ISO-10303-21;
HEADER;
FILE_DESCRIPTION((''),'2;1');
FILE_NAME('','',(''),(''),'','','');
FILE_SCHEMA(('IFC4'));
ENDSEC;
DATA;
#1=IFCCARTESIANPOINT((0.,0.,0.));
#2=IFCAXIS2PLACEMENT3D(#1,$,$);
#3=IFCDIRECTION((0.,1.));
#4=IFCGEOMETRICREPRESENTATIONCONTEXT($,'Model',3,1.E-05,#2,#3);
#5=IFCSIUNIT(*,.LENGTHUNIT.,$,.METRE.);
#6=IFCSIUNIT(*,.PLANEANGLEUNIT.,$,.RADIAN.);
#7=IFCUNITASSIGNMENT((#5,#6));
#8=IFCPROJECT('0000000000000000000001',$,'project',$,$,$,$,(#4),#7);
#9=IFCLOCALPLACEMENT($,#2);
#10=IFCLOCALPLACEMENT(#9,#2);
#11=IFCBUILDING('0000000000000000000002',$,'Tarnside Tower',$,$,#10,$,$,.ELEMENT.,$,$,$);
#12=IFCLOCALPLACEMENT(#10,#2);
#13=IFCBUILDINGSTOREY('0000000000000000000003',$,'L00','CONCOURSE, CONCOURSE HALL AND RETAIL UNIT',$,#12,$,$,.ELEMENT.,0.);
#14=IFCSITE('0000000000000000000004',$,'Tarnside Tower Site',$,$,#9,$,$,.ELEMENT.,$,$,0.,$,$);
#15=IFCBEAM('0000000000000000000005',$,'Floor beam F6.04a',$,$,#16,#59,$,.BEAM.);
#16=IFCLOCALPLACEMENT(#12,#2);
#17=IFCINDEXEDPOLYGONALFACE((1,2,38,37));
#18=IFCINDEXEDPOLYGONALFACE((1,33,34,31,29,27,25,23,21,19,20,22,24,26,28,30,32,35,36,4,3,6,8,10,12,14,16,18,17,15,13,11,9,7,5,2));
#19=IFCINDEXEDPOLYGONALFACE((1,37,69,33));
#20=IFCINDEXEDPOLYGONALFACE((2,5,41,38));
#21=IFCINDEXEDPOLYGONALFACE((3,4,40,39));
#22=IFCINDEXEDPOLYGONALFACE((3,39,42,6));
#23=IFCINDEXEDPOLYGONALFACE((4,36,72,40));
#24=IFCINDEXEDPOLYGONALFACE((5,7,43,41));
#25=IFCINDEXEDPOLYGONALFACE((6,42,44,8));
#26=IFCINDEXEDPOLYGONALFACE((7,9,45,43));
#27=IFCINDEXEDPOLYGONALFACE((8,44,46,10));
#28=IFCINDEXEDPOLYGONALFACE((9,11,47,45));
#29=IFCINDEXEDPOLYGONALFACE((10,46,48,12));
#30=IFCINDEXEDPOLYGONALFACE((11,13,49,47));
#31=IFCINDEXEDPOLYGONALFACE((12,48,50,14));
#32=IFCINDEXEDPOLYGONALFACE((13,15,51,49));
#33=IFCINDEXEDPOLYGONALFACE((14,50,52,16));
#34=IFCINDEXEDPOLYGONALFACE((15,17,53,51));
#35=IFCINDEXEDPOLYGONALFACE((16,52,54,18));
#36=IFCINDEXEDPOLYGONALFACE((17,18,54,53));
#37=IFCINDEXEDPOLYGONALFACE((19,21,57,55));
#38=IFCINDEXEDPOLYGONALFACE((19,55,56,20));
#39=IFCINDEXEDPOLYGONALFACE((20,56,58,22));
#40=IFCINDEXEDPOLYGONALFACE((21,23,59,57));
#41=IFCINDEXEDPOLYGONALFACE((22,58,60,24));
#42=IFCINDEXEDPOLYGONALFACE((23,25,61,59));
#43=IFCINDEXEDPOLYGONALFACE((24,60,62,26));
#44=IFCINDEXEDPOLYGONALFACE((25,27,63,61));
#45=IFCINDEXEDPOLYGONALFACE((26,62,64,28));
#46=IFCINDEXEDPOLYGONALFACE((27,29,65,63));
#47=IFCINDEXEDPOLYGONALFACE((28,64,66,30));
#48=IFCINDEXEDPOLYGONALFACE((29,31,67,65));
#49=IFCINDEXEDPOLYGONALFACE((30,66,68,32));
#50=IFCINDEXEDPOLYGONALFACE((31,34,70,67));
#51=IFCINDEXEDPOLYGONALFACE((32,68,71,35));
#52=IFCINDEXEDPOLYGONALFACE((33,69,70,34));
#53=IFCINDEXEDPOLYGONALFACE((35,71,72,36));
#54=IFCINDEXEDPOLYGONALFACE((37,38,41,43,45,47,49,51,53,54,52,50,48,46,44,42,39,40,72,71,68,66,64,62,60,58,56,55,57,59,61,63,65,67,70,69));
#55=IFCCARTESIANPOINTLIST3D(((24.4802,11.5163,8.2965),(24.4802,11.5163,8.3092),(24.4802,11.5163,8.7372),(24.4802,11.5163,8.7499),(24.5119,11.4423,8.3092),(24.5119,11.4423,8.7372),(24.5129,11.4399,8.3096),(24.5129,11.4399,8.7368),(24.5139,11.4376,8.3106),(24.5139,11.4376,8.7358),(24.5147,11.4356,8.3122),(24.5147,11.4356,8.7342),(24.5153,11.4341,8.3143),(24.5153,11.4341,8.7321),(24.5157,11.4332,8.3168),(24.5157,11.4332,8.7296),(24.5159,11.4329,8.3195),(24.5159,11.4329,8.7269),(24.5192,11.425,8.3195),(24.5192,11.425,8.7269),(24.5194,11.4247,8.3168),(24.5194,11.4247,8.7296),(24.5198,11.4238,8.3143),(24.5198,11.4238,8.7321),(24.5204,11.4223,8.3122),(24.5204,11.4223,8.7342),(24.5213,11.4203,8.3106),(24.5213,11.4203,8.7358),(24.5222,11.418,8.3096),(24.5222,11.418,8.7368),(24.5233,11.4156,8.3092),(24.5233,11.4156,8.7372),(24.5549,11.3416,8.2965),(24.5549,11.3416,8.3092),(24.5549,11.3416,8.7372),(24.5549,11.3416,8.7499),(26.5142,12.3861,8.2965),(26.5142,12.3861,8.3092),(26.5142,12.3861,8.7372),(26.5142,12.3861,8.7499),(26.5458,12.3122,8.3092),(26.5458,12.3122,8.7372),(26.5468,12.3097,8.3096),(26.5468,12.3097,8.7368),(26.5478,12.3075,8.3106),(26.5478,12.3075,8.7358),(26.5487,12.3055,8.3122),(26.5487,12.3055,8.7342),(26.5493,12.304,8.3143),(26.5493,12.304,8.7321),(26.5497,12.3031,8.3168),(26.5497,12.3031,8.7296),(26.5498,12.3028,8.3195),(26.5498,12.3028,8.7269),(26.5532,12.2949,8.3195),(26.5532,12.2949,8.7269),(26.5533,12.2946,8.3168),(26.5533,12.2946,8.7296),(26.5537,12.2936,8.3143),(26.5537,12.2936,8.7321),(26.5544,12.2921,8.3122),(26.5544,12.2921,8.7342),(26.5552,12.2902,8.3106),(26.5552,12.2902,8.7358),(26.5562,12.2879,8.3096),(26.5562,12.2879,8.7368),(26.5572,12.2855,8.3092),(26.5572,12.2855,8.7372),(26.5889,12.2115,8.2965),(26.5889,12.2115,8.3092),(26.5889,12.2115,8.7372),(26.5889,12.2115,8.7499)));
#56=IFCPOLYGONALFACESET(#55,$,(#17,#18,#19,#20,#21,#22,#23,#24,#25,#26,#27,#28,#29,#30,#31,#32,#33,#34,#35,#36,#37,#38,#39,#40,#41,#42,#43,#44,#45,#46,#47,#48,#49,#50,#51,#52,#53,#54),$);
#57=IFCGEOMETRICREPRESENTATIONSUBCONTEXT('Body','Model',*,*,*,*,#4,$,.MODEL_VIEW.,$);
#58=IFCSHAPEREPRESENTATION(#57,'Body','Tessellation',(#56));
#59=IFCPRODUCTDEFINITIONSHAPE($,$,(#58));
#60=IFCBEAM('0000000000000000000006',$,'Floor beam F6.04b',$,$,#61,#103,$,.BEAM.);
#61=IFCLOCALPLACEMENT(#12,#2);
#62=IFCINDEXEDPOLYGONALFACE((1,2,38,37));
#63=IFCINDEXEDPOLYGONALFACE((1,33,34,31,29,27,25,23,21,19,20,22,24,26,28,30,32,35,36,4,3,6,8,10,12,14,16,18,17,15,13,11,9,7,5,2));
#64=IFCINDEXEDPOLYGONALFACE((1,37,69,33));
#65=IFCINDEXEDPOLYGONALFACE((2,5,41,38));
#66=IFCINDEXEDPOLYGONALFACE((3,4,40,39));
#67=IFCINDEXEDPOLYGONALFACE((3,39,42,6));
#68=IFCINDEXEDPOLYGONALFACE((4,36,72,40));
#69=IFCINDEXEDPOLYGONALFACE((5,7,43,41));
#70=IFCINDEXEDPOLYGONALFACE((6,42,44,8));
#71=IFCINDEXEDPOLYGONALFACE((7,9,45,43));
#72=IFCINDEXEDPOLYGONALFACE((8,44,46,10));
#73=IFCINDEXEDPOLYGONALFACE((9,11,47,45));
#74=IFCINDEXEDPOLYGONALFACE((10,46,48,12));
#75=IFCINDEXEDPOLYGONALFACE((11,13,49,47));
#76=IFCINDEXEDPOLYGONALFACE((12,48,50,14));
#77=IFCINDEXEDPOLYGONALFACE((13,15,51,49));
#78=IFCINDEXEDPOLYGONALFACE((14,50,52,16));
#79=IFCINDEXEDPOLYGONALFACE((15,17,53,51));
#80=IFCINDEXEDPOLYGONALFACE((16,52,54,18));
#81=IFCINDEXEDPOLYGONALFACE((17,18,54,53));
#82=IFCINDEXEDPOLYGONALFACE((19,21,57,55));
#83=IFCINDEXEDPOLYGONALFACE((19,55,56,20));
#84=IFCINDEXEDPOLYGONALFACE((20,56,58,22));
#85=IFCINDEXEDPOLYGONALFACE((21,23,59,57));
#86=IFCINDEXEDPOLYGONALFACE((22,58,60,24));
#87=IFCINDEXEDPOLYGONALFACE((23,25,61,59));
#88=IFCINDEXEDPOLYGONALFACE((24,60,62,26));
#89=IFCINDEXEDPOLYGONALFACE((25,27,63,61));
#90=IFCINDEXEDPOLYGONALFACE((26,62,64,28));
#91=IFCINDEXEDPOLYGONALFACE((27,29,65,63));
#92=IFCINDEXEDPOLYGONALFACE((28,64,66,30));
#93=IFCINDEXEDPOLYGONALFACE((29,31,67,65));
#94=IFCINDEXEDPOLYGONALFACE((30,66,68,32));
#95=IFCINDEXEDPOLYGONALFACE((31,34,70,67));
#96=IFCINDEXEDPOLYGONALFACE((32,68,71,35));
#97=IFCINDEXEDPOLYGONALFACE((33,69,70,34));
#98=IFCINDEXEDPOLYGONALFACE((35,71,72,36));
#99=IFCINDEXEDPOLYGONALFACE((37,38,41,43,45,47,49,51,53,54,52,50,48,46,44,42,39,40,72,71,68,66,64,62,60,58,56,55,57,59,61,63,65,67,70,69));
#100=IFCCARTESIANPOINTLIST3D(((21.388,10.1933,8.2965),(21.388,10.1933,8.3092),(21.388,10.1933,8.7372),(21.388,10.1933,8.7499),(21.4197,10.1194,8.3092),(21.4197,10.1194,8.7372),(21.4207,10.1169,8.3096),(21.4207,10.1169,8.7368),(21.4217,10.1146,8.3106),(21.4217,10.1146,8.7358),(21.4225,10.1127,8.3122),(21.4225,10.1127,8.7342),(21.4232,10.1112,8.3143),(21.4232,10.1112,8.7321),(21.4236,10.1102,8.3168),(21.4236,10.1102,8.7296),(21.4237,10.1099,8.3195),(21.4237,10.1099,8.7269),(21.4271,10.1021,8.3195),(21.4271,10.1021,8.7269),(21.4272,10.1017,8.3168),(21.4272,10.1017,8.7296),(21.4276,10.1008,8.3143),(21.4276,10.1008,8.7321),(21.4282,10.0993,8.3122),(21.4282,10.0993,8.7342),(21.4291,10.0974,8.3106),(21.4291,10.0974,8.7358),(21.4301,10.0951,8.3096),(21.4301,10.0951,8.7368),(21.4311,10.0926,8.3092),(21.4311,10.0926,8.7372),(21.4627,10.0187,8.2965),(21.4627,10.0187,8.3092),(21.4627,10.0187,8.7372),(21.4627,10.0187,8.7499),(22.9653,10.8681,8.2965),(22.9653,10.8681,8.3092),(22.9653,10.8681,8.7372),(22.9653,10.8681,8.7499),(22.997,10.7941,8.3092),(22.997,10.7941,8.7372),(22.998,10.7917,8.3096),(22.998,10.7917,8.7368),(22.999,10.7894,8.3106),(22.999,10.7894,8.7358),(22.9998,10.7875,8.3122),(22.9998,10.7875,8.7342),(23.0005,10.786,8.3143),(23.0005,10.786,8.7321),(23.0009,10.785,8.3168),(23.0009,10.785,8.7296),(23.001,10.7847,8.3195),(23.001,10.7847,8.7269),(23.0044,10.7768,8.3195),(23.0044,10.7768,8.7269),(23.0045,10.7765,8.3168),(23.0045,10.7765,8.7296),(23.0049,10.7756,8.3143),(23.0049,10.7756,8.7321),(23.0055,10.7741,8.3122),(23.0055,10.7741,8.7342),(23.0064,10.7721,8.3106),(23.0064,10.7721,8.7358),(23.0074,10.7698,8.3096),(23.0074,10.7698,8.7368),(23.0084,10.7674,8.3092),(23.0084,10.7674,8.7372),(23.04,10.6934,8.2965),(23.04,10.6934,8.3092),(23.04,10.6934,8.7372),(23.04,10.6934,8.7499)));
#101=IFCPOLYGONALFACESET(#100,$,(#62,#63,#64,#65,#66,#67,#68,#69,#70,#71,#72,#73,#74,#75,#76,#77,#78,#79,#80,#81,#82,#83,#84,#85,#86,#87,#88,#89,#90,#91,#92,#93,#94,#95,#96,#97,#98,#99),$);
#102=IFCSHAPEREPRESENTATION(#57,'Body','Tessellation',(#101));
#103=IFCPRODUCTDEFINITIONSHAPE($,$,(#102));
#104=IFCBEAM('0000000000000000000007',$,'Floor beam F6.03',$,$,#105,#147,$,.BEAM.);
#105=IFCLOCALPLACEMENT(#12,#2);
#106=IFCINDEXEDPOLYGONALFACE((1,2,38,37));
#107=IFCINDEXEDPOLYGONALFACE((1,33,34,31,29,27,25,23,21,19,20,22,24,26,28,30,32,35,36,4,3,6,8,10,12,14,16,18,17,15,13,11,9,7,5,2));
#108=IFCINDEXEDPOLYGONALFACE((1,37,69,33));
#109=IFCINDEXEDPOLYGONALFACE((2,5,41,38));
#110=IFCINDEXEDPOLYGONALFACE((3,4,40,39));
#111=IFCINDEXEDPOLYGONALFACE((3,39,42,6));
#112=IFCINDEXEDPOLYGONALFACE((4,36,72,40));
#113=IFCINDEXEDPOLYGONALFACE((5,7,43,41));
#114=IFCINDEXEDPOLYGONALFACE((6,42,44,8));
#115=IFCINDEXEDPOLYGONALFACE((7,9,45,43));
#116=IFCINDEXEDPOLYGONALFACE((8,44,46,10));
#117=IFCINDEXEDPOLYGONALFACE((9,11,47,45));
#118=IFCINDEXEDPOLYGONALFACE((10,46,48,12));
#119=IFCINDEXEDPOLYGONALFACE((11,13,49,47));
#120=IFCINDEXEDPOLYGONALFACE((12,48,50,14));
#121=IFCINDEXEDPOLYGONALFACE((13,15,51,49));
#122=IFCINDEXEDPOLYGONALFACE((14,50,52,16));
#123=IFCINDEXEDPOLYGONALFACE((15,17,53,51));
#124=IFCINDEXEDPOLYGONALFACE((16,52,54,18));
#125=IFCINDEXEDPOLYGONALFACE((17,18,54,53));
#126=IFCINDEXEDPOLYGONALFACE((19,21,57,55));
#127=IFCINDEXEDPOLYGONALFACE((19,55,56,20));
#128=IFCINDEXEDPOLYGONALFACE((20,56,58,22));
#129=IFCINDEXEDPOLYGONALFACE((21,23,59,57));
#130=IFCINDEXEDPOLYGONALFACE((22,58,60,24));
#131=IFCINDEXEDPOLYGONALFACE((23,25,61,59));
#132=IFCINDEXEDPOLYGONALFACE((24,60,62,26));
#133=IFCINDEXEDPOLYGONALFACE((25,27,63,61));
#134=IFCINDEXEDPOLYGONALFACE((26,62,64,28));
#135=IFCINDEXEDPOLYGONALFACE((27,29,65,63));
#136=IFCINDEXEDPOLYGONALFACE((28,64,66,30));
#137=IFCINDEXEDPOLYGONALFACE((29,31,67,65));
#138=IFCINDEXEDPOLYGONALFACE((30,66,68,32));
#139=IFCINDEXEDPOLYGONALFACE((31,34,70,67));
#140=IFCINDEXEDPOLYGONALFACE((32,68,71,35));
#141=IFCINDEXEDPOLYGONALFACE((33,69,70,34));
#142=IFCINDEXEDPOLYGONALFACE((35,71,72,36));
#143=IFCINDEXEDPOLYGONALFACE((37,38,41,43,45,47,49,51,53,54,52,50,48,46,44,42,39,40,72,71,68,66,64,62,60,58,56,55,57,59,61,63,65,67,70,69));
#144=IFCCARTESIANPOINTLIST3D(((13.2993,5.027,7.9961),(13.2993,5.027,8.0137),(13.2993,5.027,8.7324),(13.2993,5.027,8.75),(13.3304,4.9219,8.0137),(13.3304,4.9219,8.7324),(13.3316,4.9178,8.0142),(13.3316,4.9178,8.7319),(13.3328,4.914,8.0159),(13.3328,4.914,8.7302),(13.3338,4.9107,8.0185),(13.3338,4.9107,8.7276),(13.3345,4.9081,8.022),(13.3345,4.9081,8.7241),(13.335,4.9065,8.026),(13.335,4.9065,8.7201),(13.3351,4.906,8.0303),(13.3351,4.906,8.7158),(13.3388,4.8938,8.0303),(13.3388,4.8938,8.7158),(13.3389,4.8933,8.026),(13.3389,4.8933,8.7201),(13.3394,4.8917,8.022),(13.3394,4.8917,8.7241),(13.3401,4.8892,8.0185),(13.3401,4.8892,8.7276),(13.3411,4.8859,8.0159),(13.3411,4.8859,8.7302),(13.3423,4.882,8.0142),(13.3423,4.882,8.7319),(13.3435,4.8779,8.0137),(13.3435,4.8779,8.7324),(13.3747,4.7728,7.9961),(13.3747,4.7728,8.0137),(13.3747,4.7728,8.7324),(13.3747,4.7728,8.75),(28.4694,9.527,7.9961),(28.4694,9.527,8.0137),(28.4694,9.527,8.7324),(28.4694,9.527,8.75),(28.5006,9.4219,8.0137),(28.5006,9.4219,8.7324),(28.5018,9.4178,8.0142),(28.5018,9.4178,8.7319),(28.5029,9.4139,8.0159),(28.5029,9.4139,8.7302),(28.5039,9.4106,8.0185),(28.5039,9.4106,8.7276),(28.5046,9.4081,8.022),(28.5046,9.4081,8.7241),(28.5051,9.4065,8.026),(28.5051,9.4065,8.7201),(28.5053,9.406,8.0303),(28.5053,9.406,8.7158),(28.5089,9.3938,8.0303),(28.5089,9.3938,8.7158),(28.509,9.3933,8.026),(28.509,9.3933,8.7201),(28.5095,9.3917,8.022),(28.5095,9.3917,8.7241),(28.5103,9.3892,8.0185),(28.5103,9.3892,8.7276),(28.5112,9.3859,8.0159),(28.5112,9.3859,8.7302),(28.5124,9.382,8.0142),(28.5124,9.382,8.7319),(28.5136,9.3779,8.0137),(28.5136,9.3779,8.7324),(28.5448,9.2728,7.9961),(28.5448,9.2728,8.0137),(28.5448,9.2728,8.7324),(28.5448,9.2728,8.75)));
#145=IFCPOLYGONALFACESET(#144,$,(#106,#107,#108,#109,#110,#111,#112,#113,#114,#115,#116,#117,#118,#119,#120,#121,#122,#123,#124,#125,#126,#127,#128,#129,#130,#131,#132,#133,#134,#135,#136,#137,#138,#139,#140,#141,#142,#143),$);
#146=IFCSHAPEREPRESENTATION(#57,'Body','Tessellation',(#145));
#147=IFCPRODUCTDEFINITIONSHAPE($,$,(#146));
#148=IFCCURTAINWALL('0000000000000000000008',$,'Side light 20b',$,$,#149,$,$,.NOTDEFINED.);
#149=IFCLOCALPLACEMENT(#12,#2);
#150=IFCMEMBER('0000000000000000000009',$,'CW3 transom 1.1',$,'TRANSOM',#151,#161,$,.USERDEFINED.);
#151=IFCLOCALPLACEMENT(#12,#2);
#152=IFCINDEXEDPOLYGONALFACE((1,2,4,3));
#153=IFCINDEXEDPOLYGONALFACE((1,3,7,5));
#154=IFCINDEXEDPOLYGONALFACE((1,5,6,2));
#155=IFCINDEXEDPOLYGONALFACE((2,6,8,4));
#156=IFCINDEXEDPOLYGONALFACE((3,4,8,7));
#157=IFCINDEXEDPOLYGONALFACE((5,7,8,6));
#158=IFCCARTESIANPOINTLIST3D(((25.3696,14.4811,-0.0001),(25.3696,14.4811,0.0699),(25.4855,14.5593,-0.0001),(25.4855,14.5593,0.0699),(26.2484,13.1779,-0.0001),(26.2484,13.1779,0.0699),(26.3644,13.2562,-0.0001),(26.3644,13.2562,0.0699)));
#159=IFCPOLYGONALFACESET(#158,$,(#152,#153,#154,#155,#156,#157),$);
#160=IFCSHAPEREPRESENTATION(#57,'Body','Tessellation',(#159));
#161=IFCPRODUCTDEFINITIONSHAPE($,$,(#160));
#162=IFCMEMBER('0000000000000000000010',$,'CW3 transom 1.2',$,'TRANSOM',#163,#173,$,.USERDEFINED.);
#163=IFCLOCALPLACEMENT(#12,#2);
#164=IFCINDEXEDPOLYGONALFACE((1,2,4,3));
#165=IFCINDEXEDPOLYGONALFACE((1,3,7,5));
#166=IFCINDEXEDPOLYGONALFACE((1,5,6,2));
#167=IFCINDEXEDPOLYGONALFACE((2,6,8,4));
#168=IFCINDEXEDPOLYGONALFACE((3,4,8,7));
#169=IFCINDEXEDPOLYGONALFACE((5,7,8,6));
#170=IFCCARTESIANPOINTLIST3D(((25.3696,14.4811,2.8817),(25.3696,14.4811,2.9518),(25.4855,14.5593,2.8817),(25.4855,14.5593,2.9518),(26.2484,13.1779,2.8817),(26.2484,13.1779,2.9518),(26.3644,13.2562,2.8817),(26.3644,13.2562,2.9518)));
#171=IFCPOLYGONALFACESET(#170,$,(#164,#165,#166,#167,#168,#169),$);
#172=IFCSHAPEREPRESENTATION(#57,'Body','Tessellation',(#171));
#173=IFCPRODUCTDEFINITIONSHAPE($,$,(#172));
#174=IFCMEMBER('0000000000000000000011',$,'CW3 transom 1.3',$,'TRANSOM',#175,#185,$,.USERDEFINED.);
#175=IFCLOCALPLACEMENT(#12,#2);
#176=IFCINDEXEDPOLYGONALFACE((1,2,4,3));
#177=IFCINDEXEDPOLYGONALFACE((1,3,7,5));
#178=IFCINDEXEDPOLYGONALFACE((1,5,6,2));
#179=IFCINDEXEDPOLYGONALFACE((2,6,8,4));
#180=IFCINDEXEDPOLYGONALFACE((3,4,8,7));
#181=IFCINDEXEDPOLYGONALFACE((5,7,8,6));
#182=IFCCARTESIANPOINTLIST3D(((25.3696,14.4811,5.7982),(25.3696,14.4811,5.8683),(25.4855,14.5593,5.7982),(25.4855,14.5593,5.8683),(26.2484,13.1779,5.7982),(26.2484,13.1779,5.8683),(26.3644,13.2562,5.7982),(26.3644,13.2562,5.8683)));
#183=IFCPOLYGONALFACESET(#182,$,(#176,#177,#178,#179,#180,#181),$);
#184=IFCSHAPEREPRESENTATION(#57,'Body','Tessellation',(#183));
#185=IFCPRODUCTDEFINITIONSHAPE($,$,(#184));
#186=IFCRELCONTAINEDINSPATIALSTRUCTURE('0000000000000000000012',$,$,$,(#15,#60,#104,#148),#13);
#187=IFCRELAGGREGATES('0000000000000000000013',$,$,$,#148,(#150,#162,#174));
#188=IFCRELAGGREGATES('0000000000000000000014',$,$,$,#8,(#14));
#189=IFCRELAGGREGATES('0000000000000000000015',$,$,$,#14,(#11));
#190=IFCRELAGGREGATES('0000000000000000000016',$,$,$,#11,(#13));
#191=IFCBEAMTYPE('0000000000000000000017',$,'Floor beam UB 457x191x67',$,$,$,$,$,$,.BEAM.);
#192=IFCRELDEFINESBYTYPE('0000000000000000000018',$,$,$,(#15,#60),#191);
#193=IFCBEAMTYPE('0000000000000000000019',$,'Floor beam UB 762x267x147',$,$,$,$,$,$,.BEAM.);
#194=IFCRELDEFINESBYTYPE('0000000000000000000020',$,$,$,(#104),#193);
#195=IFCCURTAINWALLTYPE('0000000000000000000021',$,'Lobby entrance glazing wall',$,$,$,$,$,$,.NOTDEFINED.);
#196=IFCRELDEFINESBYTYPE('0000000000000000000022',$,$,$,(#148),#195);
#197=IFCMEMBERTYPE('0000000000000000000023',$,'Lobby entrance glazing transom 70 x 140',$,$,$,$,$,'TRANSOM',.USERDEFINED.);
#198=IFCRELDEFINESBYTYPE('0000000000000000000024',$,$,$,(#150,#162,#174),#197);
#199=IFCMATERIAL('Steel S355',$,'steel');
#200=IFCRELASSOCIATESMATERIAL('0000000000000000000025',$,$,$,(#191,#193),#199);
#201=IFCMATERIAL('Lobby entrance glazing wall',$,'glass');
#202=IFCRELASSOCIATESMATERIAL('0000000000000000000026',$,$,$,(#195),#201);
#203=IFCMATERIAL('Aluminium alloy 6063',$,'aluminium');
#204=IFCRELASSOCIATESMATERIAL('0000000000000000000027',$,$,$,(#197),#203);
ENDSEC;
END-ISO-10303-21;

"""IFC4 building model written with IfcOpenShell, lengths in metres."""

from ifc_helpers import new_model, si_unit, direction, frame, origin, origin_2d, place, context, subcontext, project, spatial, rectangle, i_section, extrude, material, material_profile, profile_set, type_object, element, aggregate, save


model = new_model("IFC4")

# Units and contexts
model_context = context("Model", 3, precision=1e-05, world=origin(), true_north=direction((0.0, 1.0)))
body_context = subcontext(model_context, "Body", "Model", "MODEL_VIEW")
ifc_project = project(units=[si_unit("LENGTHUNIT", "METRE"), si_unit("PLANEANGLEUNIT", "RADIAN")], contexts=[model_context])

# Site, building, storey
site_placement = place(None, origin())
site = spatial("IfcSite", under=ifc_project, at=site_placement, Name="Tarnside Tower Site", CompositionType="ELEMENT", RefElevation=0.0)
building_placement = place(site_placement, origin())
building = spatial("IfcBuilding", under=site, at=building_placement, Name="Tarnside Tower", CompositionType="ELEMENT")
storey_placement = place(building_placement, origin())
storey = spatial("IfcBuildingStorey", under=building, at=storey_placement, Name="L00", Description="CONCOURSE, CONCOURSE HALL AND RETAIL UNIT", CompositionType="ELEMENT", Elevation=0.0)

# Beams
ifc_material_1 = material(Name="Steel S355", Category="steel")
ifc_material_profile_1 = material_profile(ifc_material_1, i_section(OverallWidth=0.1899, OverallDepth=0.4534, WebThickness=0.0085, FlangeThickness=0.0127, FilletRadius=0.0103, at=origin_2d()), Name="UB 457x191x67")
ifc_profile_set_1 = profile_set([ifc_material_profile_1], Name="Steel S355")
beam_type_1 = type_object("IfcBeamType", Name="Floor beam UB 457x191x67", PredefinedType="BEAM", material=ifc_profile_set_1)
beam_1_placement = place(storey_placement, frame((26.5515, 12.2988, 8.5232), z_axis=(-0.919442, -0.393227, 0.0), x_axis=(0.393227, -0.919442, 0.0)))
element("IfcBeam", 1, at=beam_1_placement, inside=storey, type_object=beam_type_1, Name="Floor beam F6.04a", PredefinedType="BEAM", context=body_context, shape_type="SweptSolid", body=[
    extrude(i_section(OverallWidth=0.1899, OverallDepth=0.4534, WebThickness=0.0085, FlangeThickness=0.0127, FilletRadius=0.0103, at=origin_2d()), origin(), (0.0, 0.0, 1.0), 2.2122),
])
beam_2_placement = place(storey_placement, frame((23.0027, 10.7808, 8.5232), z_axis=(-0.919402, -0.393318, 0.0), x_axis=(0.393318, -0.919402, 0.0)))
element("IfcBeam", 2, at=beam_2_placement, inside=storey, type_object=beam_type_1, Name="Floor beam F6.04b", PredefinedType="BEAM", context=body_context, shape_type="SweptSolid", body=[
    extrude(i_section(OverallWidth=0.1899, OverallDepth=0.4534, WebThickness=0.0085, FlangeThickness=0.0127, FilletRadius=0.0103, at=origin_2d()), origin(), (0.0, 0.0, 1.0), 1.7156),
])
ifc_material_profile_2 = material_profile(ifc_material_1, i_section(OverallWidth=0.2651, OverallDepth=0.7539, WebThickness=0.0127, FlangeThickness=0.0176, FilletRadius=0.0166, at=origin_2d()), Name="UB 762x267x147")
ifc_profile_set_2 = profile_set([ifc_material_profile_2], Name="Steel S355")
beam_type_2 = type_object("IfcBeamType", Name="Floor beam UB 762x267x147", PredefinedType="BEAM", material=ifc_profile_set_2)
beam_3_placement = place(storey_placement, frame((28.5071, 9.3999, 8.373), z_axis=(-0.95871, -0.284387, 0.0), x_axis=(0.284387, -0.95871, 0.0)))
element("IfcBeam", 3, at=beam_3_placement, inside=storey, type_object=beam_type_2, Name="Floor beam F6.03", PredefinedType="BEAM", context=body_context, shape_type="SweptSolid", body=[
    extrude(i_section(OverallWidth=0.2651, OverallDepth=0.7539, WebThickness=0.0127, FlangeThickness=0.0176, FilletRadius=0.0166, at=origin_2d()), origin(), (0.0, 0.0, 1.0), 15.8235),
])

# Curtain wall, members
ifc_material_2 = material(Name="Lobby entrance glazing wall", Category="glass")
curtain_wall_type_1 = type_object("IfcCurtainWallType", Name="Lobby entrance glazing wall", PredefinedType="NOTDEFINED", material=ifc_material_2)
curtain_wall_1_placement = place(storey_placement, origin())
curtain_wall_1 = element("IfcCurtainWall", 4, at=curtain_wall_1_placement, inside=storey, type_object=curtain_wall_type_1, Name="Side light 20b", PredefinedType="NOTDEFINED")
ifc_material_3 = material(Name="Aluminium alloy 6063", Category="aluminium")
ifc_material_profile_3 = material_profile(ifc_material_3, rectangle(XDim=0.1399, YDim=0.0701, at=origin_2d()), Name="Lobby entrance glazing transom 70 x 140")
ifc_profile_set_3 = profile_set([ifc_material_profile_3], Name="Aluminium alloy 6063")
member_type_1 = type_object("IfcMemberType", Name="Lobby entrance glazing transom 70 x 140", ElementType="TRANSOM", PredefinedType="USERDEFINED", material=ifc_profile_set_3)
member_1_placement = place(storey_placement, frame((26.3064, 13.217, 0.0349), z_axis=(-0.559137, 0.829075, 0.0), x_axis=(-0.829075, -0.559137, 0.0)))
member_1 = element("IfcMember", 5, at=member_1_placement, type_object=member_type_1, Name="CW3 transom 1.1", ObjectType="TRANSOM", PredefinedType="USERDEFINED", context=body_context, shape_type="SweptSolid", body=[
    extrude(rectangle(XDim=0.1399, YDim=0.0701, at=origin_2d()), origin(), (0.0, 0.0, 1.0), 1.5718),
])
member_2_placement = place(storey_placement, frame((26.3064, 13.217, 2.9167), z_axis=(-0.559137, 0.829075, 0.0), x_axis=(-0.829075, -0.559137, 0.0)))
member_2 = element("IfcMember", 6, at=member_2_placement, type_object=member_type_1, Name="CW3 transom 1.2", ObjectType="TRANSOM", PredefinedType="USERDEFINED", context=body_context, shape_type="SweptSolid", body=[
    extrude(rectangle(XDim=0.1399, YDim=0.0701, at=origin_2d()), origin(), (0.0, 0.0, 1.0), 1.5718),
])
member_3_placement = place(storey_placement, frame((26.3064, 13.217, 5.8333), z_axis=(-0.559137, 0.829075, 0.0), x_axis=(-0.829075, -0.559137, 0.0)))
member_3 = element("IfcMember", 7, at=member_3_placement, type_object=member_type_1, Name="CW3 transom 1.3", ObjectType="TRANSOM", PredefinedType="USERDEFINED", context=body_context, shape_type="SweptSolid", body=[
    extrude(rectangle(XDim=0.1399, YDim=0.0701, at=origin_2d()), origin(), (0.0, 0.0, 1.0), 1.5718),
])

aggregate(curtain_wall_1, [member_1, member_2, member_3])

save(model, "model.ifc")
